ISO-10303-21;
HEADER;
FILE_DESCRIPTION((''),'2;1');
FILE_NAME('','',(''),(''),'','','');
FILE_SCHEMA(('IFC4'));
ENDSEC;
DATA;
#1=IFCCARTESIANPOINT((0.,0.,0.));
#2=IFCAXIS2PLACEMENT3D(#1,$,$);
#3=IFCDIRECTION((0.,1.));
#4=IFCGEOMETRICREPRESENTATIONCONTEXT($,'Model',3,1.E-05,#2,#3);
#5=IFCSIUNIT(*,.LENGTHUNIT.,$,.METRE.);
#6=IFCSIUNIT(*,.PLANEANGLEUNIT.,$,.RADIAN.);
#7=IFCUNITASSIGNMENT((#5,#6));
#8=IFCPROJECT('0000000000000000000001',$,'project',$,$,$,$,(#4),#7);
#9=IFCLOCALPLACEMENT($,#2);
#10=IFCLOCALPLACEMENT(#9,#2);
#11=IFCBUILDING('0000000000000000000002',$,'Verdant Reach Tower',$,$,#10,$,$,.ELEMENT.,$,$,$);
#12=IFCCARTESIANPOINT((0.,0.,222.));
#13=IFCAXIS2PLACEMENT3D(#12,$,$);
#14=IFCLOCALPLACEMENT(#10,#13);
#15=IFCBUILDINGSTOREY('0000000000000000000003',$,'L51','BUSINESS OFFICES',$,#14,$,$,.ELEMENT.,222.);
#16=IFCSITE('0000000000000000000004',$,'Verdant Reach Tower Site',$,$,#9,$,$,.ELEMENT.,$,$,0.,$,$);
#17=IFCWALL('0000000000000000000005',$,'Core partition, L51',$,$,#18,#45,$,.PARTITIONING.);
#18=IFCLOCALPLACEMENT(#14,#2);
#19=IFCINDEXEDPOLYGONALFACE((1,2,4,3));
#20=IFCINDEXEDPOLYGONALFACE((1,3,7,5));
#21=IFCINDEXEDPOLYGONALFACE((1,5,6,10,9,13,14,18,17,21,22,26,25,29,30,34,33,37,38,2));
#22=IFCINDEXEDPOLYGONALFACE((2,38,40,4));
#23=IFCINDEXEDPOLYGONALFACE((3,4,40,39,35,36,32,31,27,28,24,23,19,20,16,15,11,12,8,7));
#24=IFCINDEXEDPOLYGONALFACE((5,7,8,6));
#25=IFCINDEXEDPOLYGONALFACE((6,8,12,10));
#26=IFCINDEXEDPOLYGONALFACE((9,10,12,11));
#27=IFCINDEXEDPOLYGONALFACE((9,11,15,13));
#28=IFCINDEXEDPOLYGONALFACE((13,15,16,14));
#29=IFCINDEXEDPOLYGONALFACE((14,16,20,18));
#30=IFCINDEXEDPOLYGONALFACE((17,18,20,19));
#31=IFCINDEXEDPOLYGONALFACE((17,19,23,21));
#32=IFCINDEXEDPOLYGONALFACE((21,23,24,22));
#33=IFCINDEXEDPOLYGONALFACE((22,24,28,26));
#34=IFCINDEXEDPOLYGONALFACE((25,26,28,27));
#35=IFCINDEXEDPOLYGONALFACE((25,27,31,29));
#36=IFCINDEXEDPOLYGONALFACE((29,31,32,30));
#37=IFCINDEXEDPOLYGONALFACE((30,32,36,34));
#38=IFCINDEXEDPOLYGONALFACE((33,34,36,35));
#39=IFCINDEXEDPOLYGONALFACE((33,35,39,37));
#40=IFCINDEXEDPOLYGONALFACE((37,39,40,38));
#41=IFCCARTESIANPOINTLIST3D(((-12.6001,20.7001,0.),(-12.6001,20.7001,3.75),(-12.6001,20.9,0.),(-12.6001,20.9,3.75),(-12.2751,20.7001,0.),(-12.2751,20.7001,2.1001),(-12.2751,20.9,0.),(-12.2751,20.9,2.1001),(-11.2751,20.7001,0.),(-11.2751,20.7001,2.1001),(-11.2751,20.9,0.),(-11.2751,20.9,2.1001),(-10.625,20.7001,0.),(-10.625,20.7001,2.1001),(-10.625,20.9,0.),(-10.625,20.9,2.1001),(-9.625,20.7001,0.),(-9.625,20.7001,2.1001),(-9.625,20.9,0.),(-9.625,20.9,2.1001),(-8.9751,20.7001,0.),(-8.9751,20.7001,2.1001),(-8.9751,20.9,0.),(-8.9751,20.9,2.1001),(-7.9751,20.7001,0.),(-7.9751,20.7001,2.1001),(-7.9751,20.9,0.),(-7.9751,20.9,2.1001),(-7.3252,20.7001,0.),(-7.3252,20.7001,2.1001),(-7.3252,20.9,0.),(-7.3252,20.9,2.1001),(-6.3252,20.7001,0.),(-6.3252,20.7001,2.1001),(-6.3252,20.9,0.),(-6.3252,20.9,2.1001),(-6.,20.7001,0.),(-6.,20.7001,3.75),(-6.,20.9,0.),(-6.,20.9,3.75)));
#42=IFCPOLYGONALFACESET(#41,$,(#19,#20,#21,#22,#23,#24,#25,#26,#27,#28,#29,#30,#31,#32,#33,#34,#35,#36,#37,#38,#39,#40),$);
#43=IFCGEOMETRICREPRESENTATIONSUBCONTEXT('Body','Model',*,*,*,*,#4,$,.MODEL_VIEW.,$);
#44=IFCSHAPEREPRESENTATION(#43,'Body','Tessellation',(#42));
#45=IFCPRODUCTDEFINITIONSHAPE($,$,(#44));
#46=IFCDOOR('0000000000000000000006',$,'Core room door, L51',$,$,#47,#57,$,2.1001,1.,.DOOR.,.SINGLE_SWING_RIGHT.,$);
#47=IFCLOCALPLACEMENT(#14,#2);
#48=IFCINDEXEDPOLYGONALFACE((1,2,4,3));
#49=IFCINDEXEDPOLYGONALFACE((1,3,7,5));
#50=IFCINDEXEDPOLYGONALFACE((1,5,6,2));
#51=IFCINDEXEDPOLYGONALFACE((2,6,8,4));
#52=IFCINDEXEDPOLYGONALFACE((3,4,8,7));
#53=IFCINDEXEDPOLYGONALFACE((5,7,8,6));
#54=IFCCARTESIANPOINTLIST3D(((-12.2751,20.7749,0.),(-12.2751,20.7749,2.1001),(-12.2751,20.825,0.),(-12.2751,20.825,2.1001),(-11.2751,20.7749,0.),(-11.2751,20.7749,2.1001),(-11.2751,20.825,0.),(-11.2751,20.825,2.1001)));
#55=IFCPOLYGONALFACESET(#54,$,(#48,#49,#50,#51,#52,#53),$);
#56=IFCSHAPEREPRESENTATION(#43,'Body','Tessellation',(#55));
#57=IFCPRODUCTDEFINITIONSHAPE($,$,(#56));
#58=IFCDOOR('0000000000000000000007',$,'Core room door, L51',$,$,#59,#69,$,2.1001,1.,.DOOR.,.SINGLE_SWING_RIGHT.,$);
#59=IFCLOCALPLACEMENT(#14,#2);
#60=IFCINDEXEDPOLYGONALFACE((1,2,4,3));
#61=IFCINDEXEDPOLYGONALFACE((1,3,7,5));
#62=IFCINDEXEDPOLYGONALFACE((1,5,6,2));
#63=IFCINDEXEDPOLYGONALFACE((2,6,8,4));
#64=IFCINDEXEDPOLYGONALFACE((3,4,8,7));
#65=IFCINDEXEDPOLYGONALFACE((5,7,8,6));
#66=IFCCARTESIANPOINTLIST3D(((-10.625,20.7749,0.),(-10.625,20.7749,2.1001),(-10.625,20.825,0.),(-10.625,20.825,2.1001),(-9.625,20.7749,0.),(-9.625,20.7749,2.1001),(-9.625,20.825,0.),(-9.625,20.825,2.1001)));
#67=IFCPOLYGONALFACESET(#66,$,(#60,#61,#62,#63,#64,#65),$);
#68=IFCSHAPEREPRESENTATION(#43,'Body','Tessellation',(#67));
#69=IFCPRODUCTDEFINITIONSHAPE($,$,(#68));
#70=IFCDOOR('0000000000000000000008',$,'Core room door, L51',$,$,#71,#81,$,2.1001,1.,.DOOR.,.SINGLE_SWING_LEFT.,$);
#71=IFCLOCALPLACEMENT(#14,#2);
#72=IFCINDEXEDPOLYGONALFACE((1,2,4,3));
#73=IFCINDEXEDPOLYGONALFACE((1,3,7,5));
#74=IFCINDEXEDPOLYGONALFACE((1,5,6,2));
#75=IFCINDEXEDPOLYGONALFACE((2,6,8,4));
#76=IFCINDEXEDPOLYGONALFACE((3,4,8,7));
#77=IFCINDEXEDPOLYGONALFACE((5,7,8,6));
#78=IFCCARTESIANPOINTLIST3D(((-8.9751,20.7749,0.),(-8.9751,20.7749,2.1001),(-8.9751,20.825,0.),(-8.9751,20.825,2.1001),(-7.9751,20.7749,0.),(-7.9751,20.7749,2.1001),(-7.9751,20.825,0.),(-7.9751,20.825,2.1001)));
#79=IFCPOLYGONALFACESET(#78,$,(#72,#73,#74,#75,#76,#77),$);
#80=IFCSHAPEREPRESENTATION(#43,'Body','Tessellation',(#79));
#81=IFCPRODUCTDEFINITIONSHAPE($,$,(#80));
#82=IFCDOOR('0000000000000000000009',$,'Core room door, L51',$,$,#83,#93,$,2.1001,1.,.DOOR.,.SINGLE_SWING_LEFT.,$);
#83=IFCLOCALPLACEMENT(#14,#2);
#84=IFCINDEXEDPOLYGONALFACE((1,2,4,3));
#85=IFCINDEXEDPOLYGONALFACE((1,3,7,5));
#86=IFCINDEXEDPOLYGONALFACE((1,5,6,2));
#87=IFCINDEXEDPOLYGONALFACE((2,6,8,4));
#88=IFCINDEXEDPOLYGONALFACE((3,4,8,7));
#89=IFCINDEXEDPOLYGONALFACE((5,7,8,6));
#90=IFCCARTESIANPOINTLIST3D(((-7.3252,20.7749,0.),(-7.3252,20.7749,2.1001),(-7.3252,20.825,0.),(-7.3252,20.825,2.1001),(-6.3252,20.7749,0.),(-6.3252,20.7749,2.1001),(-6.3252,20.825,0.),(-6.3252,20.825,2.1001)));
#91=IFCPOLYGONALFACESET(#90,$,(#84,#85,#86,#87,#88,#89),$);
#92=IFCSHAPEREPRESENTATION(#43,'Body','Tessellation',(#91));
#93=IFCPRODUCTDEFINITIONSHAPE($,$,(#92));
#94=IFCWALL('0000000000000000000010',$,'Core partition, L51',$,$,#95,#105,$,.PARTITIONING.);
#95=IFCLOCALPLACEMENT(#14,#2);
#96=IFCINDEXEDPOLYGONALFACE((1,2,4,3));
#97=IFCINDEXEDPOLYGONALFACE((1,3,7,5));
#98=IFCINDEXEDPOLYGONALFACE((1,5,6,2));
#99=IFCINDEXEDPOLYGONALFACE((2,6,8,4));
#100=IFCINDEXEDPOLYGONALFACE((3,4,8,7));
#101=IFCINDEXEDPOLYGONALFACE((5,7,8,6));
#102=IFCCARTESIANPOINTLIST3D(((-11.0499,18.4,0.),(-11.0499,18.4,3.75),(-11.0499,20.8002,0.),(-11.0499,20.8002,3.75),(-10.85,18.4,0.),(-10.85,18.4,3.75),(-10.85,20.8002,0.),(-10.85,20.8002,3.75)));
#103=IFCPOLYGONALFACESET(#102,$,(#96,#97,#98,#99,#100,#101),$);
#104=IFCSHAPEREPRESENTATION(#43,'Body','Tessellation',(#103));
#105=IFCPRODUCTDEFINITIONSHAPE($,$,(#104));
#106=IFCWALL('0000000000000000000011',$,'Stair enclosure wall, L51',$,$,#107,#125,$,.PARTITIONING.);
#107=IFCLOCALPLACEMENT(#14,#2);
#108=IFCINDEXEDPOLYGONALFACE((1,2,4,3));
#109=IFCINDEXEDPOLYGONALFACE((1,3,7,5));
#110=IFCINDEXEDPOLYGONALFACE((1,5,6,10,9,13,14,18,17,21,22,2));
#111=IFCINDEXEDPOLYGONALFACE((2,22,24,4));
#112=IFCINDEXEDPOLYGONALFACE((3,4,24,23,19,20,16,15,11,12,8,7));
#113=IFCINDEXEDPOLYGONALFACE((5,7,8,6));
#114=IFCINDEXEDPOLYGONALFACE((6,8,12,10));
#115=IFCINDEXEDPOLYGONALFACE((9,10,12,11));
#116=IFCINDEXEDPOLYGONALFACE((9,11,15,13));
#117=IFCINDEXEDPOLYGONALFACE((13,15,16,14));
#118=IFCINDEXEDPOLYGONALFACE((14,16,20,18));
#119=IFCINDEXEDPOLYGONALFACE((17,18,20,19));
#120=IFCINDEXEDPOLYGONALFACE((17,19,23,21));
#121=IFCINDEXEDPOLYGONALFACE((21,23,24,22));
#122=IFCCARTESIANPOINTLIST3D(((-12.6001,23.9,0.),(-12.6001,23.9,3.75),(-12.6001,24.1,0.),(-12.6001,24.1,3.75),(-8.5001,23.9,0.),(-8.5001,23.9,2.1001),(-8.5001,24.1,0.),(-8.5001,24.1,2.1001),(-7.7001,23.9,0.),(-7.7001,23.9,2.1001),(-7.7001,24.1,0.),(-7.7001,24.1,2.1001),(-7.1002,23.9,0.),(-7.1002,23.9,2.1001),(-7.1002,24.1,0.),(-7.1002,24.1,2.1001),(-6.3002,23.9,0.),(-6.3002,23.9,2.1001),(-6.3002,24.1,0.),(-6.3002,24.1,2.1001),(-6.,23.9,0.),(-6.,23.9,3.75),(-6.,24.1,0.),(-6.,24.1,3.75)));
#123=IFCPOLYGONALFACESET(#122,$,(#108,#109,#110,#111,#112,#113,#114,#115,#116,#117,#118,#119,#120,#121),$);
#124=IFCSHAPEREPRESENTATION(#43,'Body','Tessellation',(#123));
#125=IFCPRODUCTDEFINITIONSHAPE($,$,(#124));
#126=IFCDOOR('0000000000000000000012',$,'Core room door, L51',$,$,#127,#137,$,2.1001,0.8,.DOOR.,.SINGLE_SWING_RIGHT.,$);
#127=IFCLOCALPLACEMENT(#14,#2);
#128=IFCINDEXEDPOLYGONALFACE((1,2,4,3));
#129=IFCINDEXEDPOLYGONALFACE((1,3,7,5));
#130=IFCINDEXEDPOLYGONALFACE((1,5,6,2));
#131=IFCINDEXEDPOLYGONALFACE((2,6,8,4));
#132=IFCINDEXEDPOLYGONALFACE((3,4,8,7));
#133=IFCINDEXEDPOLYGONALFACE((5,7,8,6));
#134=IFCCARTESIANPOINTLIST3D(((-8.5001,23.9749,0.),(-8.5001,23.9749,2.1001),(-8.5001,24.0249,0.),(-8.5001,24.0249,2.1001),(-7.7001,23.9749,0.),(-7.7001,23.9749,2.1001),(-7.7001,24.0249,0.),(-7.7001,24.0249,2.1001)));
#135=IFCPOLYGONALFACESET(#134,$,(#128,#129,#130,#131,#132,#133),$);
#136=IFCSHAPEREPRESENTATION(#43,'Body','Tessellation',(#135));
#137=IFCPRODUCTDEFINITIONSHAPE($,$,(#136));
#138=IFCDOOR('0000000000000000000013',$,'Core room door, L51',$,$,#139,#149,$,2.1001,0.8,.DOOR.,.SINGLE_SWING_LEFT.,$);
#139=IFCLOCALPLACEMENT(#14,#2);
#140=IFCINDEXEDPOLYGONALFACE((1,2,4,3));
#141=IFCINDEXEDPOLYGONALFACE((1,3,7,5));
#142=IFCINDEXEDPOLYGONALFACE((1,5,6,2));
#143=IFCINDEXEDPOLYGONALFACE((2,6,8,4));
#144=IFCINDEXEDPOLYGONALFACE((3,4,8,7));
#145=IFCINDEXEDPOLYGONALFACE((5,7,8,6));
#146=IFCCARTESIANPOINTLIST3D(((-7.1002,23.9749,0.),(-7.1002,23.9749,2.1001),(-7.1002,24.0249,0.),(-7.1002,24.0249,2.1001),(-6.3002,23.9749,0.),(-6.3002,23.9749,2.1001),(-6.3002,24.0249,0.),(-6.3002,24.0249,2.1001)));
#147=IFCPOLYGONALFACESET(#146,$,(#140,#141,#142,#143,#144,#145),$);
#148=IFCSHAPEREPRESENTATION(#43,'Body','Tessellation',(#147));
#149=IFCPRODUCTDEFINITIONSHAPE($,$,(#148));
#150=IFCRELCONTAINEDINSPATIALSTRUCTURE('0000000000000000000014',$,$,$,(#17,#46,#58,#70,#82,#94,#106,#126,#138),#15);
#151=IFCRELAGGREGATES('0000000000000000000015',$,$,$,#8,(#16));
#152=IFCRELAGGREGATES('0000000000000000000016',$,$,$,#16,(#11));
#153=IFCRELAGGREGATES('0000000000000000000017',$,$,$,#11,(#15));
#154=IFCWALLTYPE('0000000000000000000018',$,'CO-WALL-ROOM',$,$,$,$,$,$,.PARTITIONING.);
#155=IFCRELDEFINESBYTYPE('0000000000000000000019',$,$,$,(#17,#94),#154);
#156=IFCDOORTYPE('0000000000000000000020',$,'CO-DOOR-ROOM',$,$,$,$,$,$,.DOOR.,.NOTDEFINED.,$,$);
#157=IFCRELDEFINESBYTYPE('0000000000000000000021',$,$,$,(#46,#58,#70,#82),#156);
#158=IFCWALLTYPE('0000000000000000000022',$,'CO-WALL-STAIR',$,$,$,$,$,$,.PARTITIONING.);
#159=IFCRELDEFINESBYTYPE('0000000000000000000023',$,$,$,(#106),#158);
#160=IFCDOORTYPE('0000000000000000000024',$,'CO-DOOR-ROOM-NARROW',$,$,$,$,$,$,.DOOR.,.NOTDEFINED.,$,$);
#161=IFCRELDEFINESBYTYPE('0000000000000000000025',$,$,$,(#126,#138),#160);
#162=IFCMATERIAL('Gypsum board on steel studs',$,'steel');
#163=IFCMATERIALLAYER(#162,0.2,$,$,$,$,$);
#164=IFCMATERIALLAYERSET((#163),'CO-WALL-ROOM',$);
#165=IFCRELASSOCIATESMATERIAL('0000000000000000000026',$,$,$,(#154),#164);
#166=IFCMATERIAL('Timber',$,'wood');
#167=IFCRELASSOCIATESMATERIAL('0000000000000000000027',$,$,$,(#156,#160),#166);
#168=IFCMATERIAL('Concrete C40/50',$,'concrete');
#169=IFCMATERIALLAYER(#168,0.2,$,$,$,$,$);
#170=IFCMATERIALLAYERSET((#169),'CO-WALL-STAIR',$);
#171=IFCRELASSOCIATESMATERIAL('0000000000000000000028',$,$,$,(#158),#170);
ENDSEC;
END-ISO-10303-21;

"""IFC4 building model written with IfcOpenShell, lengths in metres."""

from ifc_helpers import new_model, si_unit, direction, frame, frame_2d, origin, place, context, subcontext, project, spatial, rectangle, extrude, material, layer, layer_set, type_object, element, fill, save


model = new_model("IFC4")

# Units and contexts
model_context = context("Model", 3, precision=1e-05, world=origin(), true_north=direction((0.0, 1.0)))
body_context = subcontext(model_context, "Body", "Model", "MODEL_VIEW")
ifc_project = project(units=[si_unit("LENGTHUNIT", "METRE"), si_unit("PLANEANGLEUNIT", "RADIAN")], contexts=[model_context])

# Site, building, storey
site_placement = place(None, origin())
site = spatial("IfcSite", under=ifc_project, at=site_placement, Name="Verdant Reach Tower Site", CompositionType="ELEMENT", RefElevation=0.0)
building_placement = place(site_placement, origin())
building = spatial("IfcBuilding", under=site, at=building_placement, Name="Verdant Reach Tower", CompositionType="ELEMENT")
storey_placement = place(building_placement, frame((0.0, 0.0, 222.0)))
storey = spatial("IfcBuildingStorey", under=building, at=storey_placement, Name="L51", Description="BUSINESS OFFICES", CompositionType="ELEMENT", Elevation=222.0)

# Wall, openings, doors
ifc_material_1 = material(Name="Gypsum board on steel studs", Category="steel")
ifc_layer_1 = layer(ifc_material_1, 0.2)
ifc_layer_set_1 = layer_set([ifc_layer_1], Name="CO-WALL-ROOM")
wall_type_1 = type_object("IfcWallType", Name="CO-WALL-ROOM", PredefinedType="PARTITIONING", material=ifc_layer_set_1)
wall_1_placement = place(storey_placement, frame((-12.6001, 20.8, 0.0), z_axis=(0.0, 0.0, 1.0), x_axis=(1.0, 0.0, 0.0)))
wall_1 = element("IfcWall", 1, at=wall_1_placement, inside=storey, type_object=wall_type_1, Name="Core partition, L51", PredefinedType="PARTITIONING", context=body_context, shape_type="SweptSolid", body=[
    extrude(rectangle(XDim=6.6001, YDim=0.2, at=frame_2d((3.3, 0.0))), origin(), (0.0, 0.0, 1.0), 3.75),
])
opening_1_placement = place(wall_1_placement, frame((0.325, 0.0, 0.0)))
opening_1 = element("IfcOpeningElement", 2, at=opening_1_placement, cuts=wall_1, PredefinedType="OPENING", context=body_context, shape_type="SweptSolid", body=[
    extrude(rectangle(XDim=1.0, YDim=2.1001, at=frame_2d((0.5, 1.05))), frame((0.0, 0.1099, 0.0), z_axis=(0.0, -1.0, 0.0), x_axis=(1.0, 0.0, 0.0)), (0.0, 0.0, 1.0), 0.22),
])
opening_2_placement = place(wall_1_placement, frame((1.9751, 0.0, 0.0)))
opening_2 = element("IfcOpeningElement", 3, at=opening_2_placement, cuts=wall_1, PredefinedType="OPENING", context=body_context, shape_type="SweptSolid", body=[
    extrude(rectangle(XDim=1.0, YDim=2.1001, at=frame_2d((0.5, 1.05))), frame((0.0, 0.1099, 0.0), z_axis=(0.0, -1.0, 0.0), x_axis=(1.0, 0.0, 0.0)), (0.0, 0.0, 1.0), 0.22),
])
opening_3_placement = place(wall_1_placement, frame((3.625, 0.0, 0.0)))
opening_3 = element("IfcOpeningElement", 4, at=opening_3_placement, cuts=wall_1, PredefinedType="OPENING", context=body_context, shape_type="SweptSolid", body=[
    extrude(rectangle(XDim=1.0, YDim=2.1001, at=frame_2d((0.5, 1.05))), frame((0.0, 0.1099, 0.0), z_axis=(0.0, -1.0, 0.0), x_axis=(1.0, 0.0, 0.0)), (0.0, 0.0, 1.0), 0.22),
])
opening_4_placement = place(wall_1_placement, frame((5.2749, 0.0, 0.0)))
opening_4 = element("IfcOpeningElement", 5, at=opening_4_placement, cuts=wall_1, PredefinedType="OPENING", context=body_context, shape_type="SweptSolid", body=[
    extrude(rectangle(XDim=1.0, YDim=2.1001, at=frame_2d((0.5, 1.05))), frame((0.0, 0.1099, 0.0), z_axis=(0.0, -1.0, 0.0), x_axis=(1.0, 0.0, 0.0)), (0.0, 0.0, 1.0), 0.22),
])
ifc_material_2 = material(Name="Timber", Category="wood")
door_type_1 = type_object("IfcDoorType", Name="CO-DOOR-ROOM", OperationType="NOTDEFINED", PredefinedType="DOOR", material=ifc_material_2)
door_1_placement = place(opening_1_placement, origin())
door_1 = element("IfcDoor", 6, at=door_1_placement, inside=storey, type_object=door_type_1, Name="Core room door, L51", OperationType="SINGLE_SWING_RIGHT", OverallHeight=2.1001, OverallWidth=1.0, PredefinedType="DOOR", context=body_context, shape_type="SweptSolid", body=[
    extrude(rectangle(XDim=1.0, YDim=2.1001, at=frame_2d((0.5, 1.05))), frame((0.0, 0.0249, 0.0), z_axis=(0.0, -1.0, 0.0), x_axis=(1.0, 0.0, 0.0)), (0.0, 0.0, 1.0), 0.05),
])
fill(opening_1, door_1)
door_2_placement = place(opening_2_placement, origin())
door_2 = element("IfcDoor", 7, at=door_2_placement, inside=storey, type_object=door_type_1, Name="Core room door, L51", OperationType="SINGLE_SWING_RIGHT", OverallHeight=2.1001, OverallWidth=1.0, PredefinedType="DOOR", context=body_context, shape_type="SweptSolid", body=[
    extrude(rectangle(XDim=1.0, YDim=2.1001, at=frame_2d((0.5, 1.05))), frame((0.0, 0.0249, 0.0), z_axis=(0.0, -1.0, 0.0), x_axis=(1.0, 0.0, 0.0)), (0.0, 0.0, 1.0), 0.05),
])
fill(opening_2, door_2)
door_3_placement = place(opening_3_placement, origin())
door_3 = element("IfcDoor", 8, at=door_3_placement, inside=storey, type_object=door_type_1, Name="Core room door, L51", OperationType="SINGLE_SWING_LEFT", OverallHeight=2.1001, OverallWidth=1.0, PredefinedType="DOOR", context=body_context, shape_type="SweptSolid", body=[
    extrude(rectangle(XDim=1.0, YDim=2.1001, at=frame_2d((0.5, 1.05))), frame((0.0, 0.0249, 0.0), z_axis=(0.0, -1.0, 0.0), x_axis=(1.0, 0.0, 0.0)), (0.0, 0.0, 1.0), 0.05),
])
fill(opening_3, door_3)
door_4_placement = place(opening_4_placement, origin())
door_4 = element("IfcDoor", 9, at=door_4_placement, inside=storey, type_object=door_type_1, Name="Core room door, L51", OperationType="SINGLE_SWING_LEFT", OverallHeight=2.1001, OverallWidth=1.0, PredefinedType="DOOR", context=body_context, shape_type="SweptSolid", body=[
    extrude(rectangle(XDim=1.0, YDim=2.1001, at=frame_2d((0.5, 1.05))), frame((0.0, 0.0249, 0.0), z_axis=(0.0, -1.0, 0.0), x_axis=(1.0, 0.0, 0.0)), (0.0, 0.0, 1.0), 0.05),
])
fill(opening_4, door_4)

# Wall
wall_2_placement = place(storey_placement, frame((-10.95, 18.3999, 0.0), z_axis=(0.0, 0.0, 1.0), x_axis=(0.0, 1.0, 0.0)))
element("IfcWall", 10, at=wall_2_placement, inside=storey, type_object=wall_type_1, Name="Core partition, L51", PredefinedType="PARTITIONING", context=body_context, shape_type="SweptSolid", body=[
    extrude(rectangle(XDim=2.4001, YDim=0.2, at=frame_2d((1.2002, 0.0))), origin(), (0.0, 0.0, 1.0), 3.75),
])

# Wall, openings, doors
ifc_material_3 = material(Name="Concrete C40/50", Category="concrete")
ifc_layer_2 = layer(ifc_material_3, 0.2)
ifc_layer_set_2 = layer_set([ifc_layer_2], Name="CO-WALL-STAIR")
wall_type_2 = type_object("IfcWallType", Name="CO-WALL-STAIR", PredefinedType="PARTITIONING", material=ifc_layer_set_2)
wall_3_placement = place(storey_placement, frame((-12.6001, 24.0, 0.0), z_axis=(0.0, 0.0, 1.0), x_axis=(1.0, 0.0, 0.0)))
wall_3 = element("IfcWall", 11, at=wall_3_placement, inside=storey, type_object=wall_type_2, Name="Stair enclosure wall, L51", PredefinedType="PARTITIONING", context=body_context, shape_type="SweptSolid", body=[
    extrude(rectangle(XDim=6.6001, YDim=0.2, at=frame_2d((3.3, 0.0))), origin(), (0.0, 0.0, 1.0), 3.75),
])
opening_5_placement = place(wall_3_placement, frame((4.1001, 0.0, 0.0)))
opening_5 = element("IfcOpeningElement", 12, at=opening_5_placement, cuts=wall_3, PredefinedType="OPENING", context=body_context, shape_type="SweptSolid", body=[
    extrude(rectangle(XDim=0.8, YDim=2.1001, at=frame_2d((0.3999, 1.05))), frame((0.0, 0.1099, 0.0), z_axis=(0.0, -1.0, 0.0), x_axis=(1.0, 0.0, 0.0)), (0.0, 0.0, 1.0), 0.22),
])
opening_6_placement = place(wall_3_placement, frame((5.5, 0.0, 0.0)))
opening_6 = element("IfcOpeningElement", 13, at=opening_6_placement, cuts=wall_3, PredefinedType="OPENING", context=body_context, shape_type="SweptSolid", body=[
    extrude(rectangle(XDim=0.8, YDim=2.1001, at=frame_2d((0.3999, 1.05))), frame((0.0, 0.1099, 0.0), z_axis=(0.0, -1.0, 0.0), x_axis=(1.0, 0.0, 0.0)), (0.0, 0.0, 1.0), 0.22),
])
door_type_2 = type_object("IfcDoorType", Name="CO-DOOR-ROOM-NARROW", OperationType="NOTDEFINED", PredefinedType="DOOR", material=ifc_material_2)
door_5_placement = place(opening_5_placement, origin())
door_5 = element("IfcDoor", 14, at=door_5_placement, inside=storey, type_object=door_type_2, Name="Core room door, L51", OperationType="SINGLE_SWING_RIGHT", OverallHeight=2.1001, OverallWidth=0.8, PredefinedType="DOOR", context=body_context, shape_type="SweptSolid", body=[
    extrude(rectangle(XDim=0.8, YDim=2.1001, at=frame_2d((0.3999, 1.05))), frame((0.0, 0.0249, 0.0), z_axis=(0.0, -1.0, 0.0), x_axis=(1.0, 0.0, 0.0)), (0.0, 0.0, 1.0), 0.05),
])
fill(opening_5, door_5)
door_6_placement = place(opening_6_placement, origin())
door_6 = element("IfcDoor", 15, at=door_6_placement, inside=storey, type_object=door_type_2, Name="Core room door, L51", OperationType="SINGLE_SWING_LEFT", OverallHeight=2.1001, OverallWidth=0.8, PredefinedType="DOOR", context=body_context, shape_type="SweptSolid", body=[
    extrude(rectangle(XDim=0.8, YDim=2.1001, at=frame_2d((0.3999, 1.05))), frame((0.0, 0.0249, 0.0), z_axis=(0.0, -1.0, 0.0), x_axis=(1.0, 0.0, 0.0)), (0.0, 0.0, 1.0), 0.05),
])
fill(opening_6, door_6)

save(model, "model.ifc")
